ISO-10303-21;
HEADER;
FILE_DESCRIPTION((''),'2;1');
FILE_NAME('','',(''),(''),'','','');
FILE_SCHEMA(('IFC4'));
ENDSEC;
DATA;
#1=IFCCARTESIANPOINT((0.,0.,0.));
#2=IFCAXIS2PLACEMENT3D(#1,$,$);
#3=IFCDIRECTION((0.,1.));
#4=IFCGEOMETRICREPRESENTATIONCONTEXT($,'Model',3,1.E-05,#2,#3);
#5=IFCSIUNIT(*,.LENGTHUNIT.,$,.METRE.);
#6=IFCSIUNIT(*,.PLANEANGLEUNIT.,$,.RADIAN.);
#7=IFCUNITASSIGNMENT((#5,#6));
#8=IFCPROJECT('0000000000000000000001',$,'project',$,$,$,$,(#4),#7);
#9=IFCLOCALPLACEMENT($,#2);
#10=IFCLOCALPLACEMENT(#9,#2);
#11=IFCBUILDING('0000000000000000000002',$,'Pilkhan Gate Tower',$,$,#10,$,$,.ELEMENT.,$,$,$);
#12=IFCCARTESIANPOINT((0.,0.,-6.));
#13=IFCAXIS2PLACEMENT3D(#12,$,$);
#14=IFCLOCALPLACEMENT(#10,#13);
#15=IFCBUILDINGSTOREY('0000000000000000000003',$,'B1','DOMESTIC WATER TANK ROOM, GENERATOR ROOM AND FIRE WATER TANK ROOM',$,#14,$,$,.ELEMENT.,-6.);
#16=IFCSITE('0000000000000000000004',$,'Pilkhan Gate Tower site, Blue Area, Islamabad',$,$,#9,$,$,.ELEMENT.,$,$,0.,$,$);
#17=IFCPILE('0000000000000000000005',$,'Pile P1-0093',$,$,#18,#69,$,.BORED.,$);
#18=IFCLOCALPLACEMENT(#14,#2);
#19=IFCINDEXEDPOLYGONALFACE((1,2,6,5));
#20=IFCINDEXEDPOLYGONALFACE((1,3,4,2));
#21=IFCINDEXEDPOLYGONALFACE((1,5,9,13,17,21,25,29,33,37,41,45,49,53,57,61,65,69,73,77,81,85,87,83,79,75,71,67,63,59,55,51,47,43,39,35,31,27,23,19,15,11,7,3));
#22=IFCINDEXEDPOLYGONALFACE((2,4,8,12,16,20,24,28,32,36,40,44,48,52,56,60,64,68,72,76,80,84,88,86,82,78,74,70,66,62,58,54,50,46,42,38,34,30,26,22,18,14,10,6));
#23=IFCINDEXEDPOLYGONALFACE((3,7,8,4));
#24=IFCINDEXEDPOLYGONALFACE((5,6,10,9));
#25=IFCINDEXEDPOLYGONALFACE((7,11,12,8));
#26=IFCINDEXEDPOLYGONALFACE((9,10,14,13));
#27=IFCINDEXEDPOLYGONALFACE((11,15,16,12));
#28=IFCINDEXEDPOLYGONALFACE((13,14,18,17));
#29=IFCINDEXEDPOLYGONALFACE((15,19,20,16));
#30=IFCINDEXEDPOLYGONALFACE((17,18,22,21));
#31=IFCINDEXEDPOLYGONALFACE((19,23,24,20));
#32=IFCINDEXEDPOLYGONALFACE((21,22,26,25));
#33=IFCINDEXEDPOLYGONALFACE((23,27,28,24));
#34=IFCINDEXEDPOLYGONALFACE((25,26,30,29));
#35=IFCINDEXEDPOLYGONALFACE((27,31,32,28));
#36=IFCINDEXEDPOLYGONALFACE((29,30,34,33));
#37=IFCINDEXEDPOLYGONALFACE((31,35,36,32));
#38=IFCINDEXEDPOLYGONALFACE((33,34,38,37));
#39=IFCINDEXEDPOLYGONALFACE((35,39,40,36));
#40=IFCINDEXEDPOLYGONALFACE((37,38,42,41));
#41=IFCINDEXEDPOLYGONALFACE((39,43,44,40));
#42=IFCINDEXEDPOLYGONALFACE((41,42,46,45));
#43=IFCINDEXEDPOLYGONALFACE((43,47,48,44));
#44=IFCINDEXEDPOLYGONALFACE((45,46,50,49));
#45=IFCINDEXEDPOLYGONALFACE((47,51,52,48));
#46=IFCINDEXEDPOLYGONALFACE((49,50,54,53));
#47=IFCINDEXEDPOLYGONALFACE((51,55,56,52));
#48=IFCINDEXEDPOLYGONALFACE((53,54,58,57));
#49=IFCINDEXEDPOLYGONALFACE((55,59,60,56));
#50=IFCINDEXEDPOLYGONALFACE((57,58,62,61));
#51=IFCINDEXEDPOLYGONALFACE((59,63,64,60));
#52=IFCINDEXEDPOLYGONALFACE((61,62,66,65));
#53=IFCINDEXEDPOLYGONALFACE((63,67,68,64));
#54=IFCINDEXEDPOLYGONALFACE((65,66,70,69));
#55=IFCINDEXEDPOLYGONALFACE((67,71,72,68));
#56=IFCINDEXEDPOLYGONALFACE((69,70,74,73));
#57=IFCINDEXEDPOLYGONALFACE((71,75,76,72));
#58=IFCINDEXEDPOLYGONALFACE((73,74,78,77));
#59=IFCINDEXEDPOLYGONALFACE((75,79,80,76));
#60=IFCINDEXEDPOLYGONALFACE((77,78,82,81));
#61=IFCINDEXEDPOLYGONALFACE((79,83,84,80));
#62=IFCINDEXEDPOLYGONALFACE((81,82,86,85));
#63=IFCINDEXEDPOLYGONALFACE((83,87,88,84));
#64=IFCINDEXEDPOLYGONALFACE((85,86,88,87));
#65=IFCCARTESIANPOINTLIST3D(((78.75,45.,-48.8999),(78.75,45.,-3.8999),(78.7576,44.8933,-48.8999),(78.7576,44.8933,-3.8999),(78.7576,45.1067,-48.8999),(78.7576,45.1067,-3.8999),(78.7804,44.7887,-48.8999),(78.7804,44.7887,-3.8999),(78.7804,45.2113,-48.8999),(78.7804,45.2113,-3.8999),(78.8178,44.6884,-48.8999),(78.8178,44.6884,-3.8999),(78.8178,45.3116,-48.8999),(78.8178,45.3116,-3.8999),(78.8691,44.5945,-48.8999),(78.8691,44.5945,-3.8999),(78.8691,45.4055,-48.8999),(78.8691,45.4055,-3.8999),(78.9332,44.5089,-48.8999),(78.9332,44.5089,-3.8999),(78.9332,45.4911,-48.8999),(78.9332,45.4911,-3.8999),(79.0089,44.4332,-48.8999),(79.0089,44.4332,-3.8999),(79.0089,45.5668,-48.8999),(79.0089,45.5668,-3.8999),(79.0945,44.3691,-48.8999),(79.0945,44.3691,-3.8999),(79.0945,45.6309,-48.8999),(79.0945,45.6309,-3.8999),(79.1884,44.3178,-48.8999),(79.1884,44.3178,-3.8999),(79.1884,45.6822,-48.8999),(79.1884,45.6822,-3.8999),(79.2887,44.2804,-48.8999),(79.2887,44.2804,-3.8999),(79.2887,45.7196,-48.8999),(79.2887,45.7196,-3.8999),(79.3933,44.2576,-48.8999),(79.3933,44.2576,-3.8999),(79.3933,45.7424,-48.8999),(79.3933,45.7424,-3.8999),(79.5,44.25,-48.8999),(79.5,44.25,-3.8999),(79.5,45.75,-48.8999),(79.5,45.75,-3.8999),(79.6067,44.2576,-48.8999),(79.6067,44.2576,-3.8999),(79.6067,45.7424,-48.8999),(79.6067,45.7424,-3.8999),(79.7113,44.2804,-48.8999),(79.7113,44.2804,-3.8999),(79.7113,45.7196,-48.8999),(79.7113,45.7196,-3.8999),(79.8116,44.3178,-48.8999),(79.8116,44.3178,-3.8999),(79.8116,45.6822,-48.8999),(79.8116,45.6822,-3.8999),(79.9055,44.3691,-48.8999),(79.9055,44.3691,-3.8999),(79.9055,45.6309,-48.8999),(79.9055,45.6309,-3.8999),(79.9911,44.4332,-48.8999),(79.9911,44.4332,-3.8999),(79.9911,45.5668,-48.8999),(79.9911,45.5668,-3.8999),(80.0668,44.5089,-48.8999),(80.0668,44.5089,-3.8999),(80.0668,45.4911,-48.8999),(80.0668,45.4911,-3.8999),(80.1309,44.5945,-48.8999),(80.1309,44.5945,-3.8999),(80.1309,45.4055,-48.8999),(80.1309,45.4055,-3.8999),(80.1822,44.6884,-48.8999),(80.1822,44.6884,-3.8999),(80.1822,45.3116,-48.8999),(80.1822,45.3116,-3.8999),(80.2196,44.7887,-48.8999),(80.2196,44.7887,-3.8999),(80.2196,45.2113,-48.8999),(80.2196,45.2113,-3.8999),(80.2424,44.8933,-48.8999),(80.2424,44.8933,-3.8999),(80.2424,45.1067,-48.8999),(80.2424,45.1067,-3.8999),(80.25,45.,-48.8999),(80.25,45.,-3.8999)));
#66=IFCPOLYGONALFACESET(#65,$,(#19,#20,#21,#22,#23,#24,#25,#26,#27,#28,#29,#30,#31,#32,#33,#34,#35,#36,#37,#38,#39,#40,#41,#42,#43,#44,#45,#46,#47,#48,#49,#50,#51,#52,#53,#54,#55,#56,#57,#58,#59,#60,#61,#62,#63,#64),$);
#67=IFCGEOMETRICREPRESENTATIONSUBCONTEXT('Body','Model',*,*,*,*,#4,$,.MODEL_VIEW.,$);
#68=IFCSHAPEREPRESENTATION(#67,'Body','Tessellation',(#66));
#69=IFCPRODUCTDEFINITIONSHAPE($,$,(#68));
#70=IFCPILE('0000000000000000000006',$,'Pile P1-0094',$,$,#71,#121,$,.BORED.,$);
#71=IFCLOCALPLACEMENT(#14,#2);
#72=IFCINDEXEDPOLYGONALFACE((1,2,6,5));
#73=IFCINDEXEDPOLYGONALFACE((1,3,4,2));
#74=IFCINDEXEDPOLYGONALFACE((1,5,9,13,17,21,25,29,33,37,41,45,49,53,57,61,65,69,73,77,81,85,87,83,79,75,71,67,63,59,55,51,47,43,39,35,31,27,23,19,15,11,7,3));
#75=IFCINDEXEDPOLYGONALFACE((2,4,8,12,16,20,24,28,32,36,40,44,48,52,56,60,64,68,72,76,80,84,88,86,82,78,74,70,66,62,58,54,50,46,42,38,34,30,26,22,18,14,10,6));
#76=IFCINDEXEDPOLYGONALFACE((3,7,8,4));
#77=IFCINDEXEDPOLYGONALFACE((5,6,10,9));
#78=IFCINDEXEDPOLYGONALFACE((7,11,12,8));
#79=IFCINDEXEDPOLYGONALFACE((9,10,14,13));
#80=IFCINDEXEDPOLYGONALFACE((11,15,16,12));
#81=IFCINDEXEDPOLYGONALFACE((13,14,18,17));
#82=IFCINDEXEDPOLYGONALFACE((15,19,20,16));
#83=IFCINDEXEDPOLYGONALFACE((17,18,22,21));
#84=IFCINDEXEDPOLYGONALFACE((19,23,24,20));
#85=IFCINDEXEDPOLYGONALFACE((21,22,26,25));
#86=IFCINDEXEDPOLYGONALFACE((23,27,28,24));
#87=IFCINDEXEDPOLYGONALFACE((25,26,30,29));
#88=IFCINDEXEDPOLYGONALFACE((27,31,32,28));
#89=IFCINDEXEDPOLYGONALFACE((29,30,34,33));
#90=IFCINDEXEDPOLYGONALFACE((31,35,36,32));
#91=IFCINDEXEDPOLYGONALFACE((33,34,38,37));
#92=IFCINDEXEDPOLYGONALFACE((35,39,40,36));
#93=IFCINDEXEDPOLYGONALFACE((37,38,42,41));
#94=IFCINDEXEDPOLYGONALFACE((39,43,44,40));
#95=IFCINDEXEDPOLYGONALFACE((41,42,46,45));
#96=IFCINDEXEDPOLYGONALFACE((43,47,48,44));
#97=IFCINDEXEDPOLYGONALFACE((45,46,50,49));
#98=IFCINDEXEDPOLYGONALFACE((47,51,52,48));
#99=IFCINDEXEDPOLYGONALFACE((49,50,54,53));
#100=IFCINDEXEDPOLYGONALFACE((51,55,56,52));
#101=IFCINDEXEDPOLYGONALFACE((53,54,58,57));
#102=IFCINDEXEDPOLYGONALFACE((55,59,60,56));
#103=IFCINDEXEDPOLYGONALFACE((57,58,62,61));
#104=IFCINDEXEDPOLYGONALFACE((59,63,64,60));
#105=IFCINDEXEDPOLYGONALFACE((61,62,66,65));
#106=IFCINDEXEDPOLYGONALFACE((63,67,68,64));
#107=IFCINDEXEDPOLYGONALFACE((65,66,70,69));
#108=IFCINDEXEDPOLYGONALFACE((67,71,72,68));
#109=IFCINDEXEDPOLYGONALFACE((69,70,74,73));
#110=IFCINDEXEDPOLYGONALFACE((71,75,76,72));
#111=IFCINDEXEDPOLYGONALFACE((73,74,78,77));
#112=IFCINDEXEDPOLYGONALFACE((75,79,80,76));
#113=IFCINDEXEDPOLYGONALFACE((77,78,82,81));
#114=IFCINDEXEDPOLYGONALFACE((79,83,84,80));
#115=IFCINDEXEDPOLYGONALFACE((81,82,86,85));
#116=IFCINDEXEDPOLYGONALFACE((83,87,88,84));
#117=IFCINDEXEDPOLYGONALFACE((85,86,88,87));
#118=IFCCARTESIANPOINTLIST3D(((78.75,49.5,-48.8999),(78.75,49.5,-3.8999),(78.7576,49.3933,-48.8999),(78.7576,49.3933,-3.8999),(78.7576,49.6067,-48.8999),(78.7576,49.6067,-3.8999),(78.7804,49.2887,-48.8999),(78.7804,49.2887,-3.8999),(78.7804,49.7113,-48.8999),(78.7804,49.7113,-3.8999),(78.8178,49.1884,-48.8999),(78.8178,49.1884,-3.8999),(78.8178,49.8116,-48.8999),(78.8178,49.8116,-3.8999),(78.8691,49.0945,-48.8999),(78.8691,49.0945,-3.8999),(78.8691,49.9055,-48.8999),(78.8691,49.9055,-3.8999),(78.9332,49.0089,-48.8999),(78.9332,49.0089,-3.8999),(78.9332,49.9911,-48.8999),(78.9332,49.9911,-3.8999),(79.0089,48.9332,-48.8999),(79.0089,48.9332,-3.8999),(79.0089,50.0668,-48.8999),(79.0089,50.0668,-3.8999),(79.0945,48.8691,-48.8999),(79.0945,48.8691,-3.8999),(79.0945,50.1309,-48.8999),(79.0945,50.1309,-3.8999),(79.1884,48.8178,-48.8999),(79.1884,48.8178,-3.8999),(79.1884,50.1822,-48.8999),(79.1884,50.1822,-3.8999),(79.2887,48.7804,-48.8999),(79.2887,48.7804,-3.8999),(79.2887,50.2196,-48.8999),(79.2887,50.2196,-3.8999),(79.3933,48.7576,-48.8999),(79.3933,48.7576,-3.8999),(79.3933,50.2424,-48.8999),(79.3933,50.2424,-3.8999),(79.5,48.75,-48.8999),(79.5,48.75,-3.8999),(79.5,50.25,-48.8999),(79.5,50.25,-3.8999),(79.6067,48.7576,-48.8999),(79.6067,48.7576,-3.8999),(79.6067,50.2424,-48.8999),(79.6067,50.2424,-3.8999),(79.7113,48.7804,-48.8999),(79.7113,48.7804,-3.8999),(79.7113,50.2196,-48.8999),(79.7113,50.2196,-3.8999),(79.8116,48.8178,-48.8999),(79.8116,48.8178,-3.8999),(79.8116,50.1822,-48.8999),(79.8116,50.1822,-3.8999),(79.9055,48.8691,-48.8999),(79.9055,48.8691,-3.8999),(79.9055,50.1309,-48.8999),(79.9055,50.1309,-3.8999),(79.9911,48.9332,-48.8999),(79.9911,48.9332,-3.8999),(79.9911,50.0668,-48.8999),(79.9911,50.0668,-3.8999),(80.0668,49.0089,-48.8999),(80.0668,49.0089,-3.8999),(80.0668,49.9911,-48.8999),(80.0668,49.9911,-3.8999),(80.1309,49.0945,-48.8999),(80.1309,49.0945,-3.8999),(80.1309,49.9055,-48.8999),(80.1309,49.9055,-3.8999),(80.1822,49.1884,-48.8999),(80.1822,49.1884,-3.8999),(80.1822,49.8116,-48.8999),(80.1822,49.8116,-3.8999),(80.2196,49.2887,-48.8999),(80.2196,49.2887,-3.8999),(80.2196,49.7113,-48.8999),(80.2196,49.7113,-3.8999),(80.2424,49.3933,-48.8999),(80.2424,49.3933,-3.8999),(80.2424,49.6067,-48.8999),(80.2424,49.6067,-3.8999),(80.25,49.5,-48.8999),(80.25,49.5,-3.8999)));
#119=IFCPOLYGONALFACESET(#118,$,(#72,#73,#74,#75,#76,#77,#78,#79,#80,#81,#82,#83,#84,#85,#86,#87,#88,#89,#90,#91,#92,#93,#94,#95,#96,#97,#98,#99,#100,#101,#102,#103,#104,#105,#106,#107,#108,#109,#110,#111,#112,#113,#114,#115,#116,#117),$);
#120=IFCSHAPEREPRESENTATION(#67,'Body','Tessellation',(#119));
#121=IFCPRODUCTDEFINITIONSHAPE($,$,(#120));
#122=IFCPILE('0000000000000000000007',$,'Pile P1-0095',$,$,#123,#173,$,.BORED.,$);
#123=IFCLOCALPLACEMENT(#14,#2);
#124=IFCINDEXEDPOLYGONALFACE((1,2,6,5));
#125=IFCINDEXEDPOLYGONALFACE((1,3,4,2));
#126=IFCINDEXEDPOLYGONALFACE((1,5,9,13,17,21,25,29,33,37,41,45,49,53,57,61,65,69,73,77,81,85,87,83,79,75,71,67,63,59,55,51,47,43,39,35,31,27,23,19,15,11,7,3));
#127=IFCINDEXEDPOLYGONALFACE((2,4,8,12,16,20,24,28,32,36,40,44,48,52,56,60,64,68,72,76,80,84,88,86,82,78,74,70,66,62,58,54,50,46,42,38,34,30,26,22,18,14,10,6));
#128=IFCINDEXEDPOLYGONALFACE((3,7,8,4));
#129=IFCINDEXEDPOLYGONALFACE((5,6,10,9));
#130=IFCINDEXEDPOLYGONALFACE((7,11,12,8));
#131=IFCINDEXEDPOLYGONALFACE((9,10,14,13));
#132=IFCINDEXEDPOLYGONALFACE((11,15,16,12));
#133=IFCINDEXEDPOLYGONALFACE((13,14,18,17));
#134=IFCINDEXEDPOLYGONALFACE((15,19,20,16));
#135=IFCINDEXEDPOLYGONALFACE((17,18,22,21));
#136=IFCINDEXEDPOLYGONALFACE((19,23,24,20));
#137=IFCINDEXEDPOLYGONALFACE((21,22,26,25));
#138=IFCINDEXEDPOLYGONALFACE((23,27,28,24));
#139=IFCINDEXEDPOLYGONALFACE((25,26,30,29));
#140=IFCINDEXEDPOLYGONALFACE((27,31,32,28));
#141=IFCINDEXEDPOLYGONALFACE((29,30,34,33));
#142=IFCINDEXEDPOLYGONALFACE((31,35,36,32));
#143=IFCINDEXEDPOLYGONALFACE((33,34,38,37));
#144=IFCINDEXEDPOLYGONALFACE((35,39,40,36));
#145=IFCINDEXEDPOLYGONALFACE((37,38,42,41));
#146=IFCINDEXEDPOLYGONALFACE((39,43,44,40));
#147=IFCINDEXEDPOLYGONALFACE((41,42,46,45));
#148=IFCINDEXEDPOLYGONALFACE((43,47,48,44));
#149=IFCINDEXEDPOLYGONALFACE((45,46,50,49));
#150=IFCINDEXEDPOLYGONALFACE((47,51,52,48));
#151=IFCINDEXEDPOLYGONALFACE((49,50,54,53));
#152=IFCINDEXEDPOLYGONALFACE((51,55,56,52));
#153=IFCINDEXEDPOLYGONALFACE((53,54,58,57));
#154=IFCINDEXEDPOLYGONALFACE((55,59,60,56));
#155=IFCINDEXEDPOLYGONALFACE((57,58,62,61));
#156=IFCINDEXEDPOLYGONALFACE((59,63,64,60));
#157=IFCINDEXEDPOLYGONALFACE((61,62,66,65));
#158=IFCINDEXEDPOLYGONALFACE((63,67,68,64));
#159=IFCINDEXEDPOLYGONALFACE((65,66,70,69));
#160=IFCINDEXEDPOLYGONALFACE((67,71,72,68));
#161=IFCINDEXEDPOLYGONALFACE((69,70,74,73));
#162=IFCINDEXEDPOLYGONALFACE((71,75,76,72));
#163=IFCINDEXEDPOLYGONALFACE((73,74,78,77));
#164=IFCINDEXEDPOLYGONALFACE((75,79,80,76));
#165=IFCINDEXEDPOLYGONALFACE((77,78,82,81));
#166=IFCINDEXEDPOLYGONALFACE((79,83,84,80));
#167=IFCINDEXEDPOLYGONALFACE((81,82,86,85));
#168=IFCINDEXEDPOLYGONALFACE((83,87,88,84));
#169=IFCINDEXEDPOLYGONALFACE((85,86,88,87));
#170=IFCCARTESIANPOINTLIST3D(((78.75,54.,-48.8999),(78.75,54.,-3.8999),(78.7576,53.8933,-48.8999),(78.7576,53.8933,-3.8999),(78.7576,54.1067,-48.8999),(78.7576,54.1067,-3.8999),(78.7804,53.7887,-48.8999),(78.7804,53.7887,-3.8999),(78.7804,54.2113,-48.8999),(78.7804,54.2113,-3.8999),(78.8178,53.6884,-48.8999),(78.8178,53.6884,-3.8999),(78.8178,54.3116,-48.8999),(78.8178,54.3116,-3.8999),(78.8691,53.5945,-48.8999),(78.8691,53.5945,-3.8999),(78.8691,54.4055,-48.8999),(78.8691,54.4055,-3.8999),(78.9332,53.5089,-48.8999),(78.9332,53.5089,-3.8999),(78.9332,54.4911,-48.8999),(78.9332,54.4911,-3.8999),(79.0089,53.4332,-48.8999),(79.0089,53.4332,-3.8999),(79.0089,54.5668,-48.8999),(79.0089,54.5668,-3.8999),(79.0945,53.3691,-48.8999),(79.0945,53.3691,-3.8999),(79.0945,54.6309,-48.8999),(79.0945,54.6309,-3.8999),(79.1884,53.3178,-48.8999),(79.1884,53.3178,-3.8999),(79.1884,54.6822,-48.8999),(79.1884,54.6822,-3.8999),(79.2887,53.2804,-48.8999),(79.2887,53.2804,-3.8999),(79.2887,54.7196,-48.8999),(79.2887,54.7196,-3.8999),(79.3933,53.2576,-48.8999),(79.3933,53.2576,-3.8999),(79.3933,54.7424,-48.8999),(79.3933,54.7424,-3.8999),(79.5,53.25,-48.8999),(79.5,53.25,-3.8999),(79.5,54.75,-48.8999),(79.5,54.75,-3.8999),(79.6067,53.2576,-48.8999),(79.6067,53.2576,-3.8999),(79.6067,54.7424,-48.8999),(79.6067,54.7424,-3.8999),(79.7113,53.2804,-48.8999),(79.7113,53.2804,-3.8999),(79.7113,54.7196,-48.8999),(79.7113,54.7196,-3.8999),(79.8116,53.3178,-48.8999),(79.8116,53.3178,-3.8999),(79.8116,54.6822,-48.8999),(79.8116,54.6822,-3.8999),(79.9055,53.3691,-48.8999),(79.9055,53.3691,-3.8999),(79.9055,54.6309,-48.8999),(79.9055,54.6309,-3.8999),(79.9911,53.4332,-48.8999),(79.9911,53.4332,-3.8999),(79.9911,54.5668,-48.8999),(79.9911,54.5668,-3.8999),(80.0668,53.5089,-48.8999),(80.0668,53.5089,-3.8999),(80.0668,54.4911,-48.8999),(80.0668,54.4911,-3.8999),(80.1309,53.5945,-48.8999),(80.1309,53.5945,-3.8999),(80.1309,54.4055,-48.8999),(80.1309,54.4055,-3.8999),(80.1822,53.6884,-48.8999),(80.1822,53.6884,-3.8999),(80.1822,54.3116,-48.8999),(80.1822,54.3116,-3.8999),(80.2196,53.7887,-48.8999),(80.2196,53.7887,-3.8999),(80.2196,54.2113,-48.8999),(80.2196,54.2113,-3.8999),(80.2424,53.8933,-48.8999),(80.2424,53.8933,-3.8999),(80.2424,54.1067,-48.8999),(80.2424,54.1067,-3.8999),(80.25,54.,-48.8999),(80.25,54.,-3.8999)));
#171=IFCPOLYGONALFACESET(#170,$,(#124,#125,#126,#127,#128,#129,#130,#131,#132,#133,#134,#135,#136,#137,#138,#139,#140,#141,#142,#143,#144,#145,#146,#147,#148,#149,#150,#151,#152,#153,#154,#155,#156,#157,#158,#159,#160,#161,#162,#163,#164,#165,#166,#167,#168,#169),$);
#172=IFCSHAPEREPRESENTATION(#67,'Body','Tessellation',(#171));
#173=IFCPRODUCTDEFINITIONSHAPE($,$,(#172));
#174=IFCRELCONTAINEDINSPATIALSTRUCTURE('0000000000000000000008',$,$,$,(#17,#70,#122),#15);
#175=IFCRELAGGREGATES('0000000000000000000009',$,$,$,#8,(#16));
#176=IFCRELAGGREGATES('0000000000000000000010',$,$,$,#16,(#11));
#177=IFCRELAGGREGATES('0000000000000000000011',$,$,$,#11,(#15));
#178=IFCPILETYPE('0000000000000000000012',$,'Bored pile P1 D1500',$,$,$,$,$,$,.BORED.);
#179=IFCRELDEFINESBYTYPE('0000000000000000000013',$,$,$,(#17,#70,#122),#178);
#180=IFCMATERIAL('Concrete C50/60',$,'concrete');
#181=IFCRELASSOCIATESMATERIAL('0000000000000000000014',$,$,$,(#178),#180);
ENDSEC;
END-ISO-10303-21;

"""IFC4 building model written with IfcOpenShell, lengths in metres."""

from ifc_helpers import new_model, si_unit, direction, frame, origin, origin_2d, place, context, subcontext, project, spatial, circle, extrude, material, material_profile, profile_set, type_object, element, save


model = new_model("IFC4")

# Units and contexts
model_context = context("Model", 3, precision=1e-05, world=origin(), true_north=direction((0.0, 1.0)))
body_context = subcontext(model_context, "Body", "Model", "MODEL_VIEW")
ifc_project = project(units=[si_unit("LENGTHUNIT", "METRE"), si_unit("PLANEANGLEUNIT", "RADIAN")], contexts=[model_context])

# Site, building, storey
site_placement = place(None, origin())
site = spatial("IfcSite", under=ifc_project, at=site_placement, Name="Pilkhan Gate Tower site, Blue Area, Islamabad", CompositionType="ELEMENT", RefElevation=0.0)
building_placement = place(site_placement, origin())
building = spatial("IfcBuilding", under=site, at=building_placement, Name="Pilkhan Gate Tower", CompositionType="ELEMENT")
storey_placement = place(building_placement, frame((0.0, 0.0, -6.0)))
storey = spatial("IfcBuildingStorey", under=building, at=storey_placement, Name="B1", Description="DOMESTIC WATER TANK ROOM, GENERATOR ROOM AND FIRE WATER TANK ROOM", CompositionType="ELEMENT", Elevation=-6.0)

# Piles
ifc_material_1 = material(Name="Concrete C50/60", Category="concrete")
ifc_material_profile_1 = material_profile(ifc_material_1, circle(Radius=0.75, at=origin_2d()), Name="Bored pile 1500 dia")
ifc_profile_set_1 = profile_set([ifc_material_profile_1], Name="Concrete C50/60")
pile_type = type_object("IfcPileType", Name="Bored pile P1 D1500", PredefinedType="BORED", material=ifc_profile_set_1)
for number, where, z_axis, x_axis, name in (
    (1, (79.5, 45.0, -3.8999), (0.0, 0.0, -1.0), (1.0, 0.0, 0.0), "Pile P1-0093"),
    (2, (79.5, 49.5, -3.8999), (0.0, 0.0, -1.0), (1.0, 0.0, 0.0), "Pile P1-0094"),
    (3, (79.5, 54.0, -3.8999), (0.0, 0.0, -1.0), (1.0, 0.0, 0.0), "Pile P1-0095"),
):
    element("IfcPile", number, at=place(storey_placement, frame(where, z_axis=z_axis, x_axis=x_axis)), inside=storey, type_object=pile_type, Name=name, PredefinedType="BORED", context=body_context, shape_type="SweptSolid", body=[
        extrude(circle(Radius=0.75, at=origin_2d()), origin(), (0.0, 0.0, 1.0), 45.0),
    ])

save(model, "model.ifc")
